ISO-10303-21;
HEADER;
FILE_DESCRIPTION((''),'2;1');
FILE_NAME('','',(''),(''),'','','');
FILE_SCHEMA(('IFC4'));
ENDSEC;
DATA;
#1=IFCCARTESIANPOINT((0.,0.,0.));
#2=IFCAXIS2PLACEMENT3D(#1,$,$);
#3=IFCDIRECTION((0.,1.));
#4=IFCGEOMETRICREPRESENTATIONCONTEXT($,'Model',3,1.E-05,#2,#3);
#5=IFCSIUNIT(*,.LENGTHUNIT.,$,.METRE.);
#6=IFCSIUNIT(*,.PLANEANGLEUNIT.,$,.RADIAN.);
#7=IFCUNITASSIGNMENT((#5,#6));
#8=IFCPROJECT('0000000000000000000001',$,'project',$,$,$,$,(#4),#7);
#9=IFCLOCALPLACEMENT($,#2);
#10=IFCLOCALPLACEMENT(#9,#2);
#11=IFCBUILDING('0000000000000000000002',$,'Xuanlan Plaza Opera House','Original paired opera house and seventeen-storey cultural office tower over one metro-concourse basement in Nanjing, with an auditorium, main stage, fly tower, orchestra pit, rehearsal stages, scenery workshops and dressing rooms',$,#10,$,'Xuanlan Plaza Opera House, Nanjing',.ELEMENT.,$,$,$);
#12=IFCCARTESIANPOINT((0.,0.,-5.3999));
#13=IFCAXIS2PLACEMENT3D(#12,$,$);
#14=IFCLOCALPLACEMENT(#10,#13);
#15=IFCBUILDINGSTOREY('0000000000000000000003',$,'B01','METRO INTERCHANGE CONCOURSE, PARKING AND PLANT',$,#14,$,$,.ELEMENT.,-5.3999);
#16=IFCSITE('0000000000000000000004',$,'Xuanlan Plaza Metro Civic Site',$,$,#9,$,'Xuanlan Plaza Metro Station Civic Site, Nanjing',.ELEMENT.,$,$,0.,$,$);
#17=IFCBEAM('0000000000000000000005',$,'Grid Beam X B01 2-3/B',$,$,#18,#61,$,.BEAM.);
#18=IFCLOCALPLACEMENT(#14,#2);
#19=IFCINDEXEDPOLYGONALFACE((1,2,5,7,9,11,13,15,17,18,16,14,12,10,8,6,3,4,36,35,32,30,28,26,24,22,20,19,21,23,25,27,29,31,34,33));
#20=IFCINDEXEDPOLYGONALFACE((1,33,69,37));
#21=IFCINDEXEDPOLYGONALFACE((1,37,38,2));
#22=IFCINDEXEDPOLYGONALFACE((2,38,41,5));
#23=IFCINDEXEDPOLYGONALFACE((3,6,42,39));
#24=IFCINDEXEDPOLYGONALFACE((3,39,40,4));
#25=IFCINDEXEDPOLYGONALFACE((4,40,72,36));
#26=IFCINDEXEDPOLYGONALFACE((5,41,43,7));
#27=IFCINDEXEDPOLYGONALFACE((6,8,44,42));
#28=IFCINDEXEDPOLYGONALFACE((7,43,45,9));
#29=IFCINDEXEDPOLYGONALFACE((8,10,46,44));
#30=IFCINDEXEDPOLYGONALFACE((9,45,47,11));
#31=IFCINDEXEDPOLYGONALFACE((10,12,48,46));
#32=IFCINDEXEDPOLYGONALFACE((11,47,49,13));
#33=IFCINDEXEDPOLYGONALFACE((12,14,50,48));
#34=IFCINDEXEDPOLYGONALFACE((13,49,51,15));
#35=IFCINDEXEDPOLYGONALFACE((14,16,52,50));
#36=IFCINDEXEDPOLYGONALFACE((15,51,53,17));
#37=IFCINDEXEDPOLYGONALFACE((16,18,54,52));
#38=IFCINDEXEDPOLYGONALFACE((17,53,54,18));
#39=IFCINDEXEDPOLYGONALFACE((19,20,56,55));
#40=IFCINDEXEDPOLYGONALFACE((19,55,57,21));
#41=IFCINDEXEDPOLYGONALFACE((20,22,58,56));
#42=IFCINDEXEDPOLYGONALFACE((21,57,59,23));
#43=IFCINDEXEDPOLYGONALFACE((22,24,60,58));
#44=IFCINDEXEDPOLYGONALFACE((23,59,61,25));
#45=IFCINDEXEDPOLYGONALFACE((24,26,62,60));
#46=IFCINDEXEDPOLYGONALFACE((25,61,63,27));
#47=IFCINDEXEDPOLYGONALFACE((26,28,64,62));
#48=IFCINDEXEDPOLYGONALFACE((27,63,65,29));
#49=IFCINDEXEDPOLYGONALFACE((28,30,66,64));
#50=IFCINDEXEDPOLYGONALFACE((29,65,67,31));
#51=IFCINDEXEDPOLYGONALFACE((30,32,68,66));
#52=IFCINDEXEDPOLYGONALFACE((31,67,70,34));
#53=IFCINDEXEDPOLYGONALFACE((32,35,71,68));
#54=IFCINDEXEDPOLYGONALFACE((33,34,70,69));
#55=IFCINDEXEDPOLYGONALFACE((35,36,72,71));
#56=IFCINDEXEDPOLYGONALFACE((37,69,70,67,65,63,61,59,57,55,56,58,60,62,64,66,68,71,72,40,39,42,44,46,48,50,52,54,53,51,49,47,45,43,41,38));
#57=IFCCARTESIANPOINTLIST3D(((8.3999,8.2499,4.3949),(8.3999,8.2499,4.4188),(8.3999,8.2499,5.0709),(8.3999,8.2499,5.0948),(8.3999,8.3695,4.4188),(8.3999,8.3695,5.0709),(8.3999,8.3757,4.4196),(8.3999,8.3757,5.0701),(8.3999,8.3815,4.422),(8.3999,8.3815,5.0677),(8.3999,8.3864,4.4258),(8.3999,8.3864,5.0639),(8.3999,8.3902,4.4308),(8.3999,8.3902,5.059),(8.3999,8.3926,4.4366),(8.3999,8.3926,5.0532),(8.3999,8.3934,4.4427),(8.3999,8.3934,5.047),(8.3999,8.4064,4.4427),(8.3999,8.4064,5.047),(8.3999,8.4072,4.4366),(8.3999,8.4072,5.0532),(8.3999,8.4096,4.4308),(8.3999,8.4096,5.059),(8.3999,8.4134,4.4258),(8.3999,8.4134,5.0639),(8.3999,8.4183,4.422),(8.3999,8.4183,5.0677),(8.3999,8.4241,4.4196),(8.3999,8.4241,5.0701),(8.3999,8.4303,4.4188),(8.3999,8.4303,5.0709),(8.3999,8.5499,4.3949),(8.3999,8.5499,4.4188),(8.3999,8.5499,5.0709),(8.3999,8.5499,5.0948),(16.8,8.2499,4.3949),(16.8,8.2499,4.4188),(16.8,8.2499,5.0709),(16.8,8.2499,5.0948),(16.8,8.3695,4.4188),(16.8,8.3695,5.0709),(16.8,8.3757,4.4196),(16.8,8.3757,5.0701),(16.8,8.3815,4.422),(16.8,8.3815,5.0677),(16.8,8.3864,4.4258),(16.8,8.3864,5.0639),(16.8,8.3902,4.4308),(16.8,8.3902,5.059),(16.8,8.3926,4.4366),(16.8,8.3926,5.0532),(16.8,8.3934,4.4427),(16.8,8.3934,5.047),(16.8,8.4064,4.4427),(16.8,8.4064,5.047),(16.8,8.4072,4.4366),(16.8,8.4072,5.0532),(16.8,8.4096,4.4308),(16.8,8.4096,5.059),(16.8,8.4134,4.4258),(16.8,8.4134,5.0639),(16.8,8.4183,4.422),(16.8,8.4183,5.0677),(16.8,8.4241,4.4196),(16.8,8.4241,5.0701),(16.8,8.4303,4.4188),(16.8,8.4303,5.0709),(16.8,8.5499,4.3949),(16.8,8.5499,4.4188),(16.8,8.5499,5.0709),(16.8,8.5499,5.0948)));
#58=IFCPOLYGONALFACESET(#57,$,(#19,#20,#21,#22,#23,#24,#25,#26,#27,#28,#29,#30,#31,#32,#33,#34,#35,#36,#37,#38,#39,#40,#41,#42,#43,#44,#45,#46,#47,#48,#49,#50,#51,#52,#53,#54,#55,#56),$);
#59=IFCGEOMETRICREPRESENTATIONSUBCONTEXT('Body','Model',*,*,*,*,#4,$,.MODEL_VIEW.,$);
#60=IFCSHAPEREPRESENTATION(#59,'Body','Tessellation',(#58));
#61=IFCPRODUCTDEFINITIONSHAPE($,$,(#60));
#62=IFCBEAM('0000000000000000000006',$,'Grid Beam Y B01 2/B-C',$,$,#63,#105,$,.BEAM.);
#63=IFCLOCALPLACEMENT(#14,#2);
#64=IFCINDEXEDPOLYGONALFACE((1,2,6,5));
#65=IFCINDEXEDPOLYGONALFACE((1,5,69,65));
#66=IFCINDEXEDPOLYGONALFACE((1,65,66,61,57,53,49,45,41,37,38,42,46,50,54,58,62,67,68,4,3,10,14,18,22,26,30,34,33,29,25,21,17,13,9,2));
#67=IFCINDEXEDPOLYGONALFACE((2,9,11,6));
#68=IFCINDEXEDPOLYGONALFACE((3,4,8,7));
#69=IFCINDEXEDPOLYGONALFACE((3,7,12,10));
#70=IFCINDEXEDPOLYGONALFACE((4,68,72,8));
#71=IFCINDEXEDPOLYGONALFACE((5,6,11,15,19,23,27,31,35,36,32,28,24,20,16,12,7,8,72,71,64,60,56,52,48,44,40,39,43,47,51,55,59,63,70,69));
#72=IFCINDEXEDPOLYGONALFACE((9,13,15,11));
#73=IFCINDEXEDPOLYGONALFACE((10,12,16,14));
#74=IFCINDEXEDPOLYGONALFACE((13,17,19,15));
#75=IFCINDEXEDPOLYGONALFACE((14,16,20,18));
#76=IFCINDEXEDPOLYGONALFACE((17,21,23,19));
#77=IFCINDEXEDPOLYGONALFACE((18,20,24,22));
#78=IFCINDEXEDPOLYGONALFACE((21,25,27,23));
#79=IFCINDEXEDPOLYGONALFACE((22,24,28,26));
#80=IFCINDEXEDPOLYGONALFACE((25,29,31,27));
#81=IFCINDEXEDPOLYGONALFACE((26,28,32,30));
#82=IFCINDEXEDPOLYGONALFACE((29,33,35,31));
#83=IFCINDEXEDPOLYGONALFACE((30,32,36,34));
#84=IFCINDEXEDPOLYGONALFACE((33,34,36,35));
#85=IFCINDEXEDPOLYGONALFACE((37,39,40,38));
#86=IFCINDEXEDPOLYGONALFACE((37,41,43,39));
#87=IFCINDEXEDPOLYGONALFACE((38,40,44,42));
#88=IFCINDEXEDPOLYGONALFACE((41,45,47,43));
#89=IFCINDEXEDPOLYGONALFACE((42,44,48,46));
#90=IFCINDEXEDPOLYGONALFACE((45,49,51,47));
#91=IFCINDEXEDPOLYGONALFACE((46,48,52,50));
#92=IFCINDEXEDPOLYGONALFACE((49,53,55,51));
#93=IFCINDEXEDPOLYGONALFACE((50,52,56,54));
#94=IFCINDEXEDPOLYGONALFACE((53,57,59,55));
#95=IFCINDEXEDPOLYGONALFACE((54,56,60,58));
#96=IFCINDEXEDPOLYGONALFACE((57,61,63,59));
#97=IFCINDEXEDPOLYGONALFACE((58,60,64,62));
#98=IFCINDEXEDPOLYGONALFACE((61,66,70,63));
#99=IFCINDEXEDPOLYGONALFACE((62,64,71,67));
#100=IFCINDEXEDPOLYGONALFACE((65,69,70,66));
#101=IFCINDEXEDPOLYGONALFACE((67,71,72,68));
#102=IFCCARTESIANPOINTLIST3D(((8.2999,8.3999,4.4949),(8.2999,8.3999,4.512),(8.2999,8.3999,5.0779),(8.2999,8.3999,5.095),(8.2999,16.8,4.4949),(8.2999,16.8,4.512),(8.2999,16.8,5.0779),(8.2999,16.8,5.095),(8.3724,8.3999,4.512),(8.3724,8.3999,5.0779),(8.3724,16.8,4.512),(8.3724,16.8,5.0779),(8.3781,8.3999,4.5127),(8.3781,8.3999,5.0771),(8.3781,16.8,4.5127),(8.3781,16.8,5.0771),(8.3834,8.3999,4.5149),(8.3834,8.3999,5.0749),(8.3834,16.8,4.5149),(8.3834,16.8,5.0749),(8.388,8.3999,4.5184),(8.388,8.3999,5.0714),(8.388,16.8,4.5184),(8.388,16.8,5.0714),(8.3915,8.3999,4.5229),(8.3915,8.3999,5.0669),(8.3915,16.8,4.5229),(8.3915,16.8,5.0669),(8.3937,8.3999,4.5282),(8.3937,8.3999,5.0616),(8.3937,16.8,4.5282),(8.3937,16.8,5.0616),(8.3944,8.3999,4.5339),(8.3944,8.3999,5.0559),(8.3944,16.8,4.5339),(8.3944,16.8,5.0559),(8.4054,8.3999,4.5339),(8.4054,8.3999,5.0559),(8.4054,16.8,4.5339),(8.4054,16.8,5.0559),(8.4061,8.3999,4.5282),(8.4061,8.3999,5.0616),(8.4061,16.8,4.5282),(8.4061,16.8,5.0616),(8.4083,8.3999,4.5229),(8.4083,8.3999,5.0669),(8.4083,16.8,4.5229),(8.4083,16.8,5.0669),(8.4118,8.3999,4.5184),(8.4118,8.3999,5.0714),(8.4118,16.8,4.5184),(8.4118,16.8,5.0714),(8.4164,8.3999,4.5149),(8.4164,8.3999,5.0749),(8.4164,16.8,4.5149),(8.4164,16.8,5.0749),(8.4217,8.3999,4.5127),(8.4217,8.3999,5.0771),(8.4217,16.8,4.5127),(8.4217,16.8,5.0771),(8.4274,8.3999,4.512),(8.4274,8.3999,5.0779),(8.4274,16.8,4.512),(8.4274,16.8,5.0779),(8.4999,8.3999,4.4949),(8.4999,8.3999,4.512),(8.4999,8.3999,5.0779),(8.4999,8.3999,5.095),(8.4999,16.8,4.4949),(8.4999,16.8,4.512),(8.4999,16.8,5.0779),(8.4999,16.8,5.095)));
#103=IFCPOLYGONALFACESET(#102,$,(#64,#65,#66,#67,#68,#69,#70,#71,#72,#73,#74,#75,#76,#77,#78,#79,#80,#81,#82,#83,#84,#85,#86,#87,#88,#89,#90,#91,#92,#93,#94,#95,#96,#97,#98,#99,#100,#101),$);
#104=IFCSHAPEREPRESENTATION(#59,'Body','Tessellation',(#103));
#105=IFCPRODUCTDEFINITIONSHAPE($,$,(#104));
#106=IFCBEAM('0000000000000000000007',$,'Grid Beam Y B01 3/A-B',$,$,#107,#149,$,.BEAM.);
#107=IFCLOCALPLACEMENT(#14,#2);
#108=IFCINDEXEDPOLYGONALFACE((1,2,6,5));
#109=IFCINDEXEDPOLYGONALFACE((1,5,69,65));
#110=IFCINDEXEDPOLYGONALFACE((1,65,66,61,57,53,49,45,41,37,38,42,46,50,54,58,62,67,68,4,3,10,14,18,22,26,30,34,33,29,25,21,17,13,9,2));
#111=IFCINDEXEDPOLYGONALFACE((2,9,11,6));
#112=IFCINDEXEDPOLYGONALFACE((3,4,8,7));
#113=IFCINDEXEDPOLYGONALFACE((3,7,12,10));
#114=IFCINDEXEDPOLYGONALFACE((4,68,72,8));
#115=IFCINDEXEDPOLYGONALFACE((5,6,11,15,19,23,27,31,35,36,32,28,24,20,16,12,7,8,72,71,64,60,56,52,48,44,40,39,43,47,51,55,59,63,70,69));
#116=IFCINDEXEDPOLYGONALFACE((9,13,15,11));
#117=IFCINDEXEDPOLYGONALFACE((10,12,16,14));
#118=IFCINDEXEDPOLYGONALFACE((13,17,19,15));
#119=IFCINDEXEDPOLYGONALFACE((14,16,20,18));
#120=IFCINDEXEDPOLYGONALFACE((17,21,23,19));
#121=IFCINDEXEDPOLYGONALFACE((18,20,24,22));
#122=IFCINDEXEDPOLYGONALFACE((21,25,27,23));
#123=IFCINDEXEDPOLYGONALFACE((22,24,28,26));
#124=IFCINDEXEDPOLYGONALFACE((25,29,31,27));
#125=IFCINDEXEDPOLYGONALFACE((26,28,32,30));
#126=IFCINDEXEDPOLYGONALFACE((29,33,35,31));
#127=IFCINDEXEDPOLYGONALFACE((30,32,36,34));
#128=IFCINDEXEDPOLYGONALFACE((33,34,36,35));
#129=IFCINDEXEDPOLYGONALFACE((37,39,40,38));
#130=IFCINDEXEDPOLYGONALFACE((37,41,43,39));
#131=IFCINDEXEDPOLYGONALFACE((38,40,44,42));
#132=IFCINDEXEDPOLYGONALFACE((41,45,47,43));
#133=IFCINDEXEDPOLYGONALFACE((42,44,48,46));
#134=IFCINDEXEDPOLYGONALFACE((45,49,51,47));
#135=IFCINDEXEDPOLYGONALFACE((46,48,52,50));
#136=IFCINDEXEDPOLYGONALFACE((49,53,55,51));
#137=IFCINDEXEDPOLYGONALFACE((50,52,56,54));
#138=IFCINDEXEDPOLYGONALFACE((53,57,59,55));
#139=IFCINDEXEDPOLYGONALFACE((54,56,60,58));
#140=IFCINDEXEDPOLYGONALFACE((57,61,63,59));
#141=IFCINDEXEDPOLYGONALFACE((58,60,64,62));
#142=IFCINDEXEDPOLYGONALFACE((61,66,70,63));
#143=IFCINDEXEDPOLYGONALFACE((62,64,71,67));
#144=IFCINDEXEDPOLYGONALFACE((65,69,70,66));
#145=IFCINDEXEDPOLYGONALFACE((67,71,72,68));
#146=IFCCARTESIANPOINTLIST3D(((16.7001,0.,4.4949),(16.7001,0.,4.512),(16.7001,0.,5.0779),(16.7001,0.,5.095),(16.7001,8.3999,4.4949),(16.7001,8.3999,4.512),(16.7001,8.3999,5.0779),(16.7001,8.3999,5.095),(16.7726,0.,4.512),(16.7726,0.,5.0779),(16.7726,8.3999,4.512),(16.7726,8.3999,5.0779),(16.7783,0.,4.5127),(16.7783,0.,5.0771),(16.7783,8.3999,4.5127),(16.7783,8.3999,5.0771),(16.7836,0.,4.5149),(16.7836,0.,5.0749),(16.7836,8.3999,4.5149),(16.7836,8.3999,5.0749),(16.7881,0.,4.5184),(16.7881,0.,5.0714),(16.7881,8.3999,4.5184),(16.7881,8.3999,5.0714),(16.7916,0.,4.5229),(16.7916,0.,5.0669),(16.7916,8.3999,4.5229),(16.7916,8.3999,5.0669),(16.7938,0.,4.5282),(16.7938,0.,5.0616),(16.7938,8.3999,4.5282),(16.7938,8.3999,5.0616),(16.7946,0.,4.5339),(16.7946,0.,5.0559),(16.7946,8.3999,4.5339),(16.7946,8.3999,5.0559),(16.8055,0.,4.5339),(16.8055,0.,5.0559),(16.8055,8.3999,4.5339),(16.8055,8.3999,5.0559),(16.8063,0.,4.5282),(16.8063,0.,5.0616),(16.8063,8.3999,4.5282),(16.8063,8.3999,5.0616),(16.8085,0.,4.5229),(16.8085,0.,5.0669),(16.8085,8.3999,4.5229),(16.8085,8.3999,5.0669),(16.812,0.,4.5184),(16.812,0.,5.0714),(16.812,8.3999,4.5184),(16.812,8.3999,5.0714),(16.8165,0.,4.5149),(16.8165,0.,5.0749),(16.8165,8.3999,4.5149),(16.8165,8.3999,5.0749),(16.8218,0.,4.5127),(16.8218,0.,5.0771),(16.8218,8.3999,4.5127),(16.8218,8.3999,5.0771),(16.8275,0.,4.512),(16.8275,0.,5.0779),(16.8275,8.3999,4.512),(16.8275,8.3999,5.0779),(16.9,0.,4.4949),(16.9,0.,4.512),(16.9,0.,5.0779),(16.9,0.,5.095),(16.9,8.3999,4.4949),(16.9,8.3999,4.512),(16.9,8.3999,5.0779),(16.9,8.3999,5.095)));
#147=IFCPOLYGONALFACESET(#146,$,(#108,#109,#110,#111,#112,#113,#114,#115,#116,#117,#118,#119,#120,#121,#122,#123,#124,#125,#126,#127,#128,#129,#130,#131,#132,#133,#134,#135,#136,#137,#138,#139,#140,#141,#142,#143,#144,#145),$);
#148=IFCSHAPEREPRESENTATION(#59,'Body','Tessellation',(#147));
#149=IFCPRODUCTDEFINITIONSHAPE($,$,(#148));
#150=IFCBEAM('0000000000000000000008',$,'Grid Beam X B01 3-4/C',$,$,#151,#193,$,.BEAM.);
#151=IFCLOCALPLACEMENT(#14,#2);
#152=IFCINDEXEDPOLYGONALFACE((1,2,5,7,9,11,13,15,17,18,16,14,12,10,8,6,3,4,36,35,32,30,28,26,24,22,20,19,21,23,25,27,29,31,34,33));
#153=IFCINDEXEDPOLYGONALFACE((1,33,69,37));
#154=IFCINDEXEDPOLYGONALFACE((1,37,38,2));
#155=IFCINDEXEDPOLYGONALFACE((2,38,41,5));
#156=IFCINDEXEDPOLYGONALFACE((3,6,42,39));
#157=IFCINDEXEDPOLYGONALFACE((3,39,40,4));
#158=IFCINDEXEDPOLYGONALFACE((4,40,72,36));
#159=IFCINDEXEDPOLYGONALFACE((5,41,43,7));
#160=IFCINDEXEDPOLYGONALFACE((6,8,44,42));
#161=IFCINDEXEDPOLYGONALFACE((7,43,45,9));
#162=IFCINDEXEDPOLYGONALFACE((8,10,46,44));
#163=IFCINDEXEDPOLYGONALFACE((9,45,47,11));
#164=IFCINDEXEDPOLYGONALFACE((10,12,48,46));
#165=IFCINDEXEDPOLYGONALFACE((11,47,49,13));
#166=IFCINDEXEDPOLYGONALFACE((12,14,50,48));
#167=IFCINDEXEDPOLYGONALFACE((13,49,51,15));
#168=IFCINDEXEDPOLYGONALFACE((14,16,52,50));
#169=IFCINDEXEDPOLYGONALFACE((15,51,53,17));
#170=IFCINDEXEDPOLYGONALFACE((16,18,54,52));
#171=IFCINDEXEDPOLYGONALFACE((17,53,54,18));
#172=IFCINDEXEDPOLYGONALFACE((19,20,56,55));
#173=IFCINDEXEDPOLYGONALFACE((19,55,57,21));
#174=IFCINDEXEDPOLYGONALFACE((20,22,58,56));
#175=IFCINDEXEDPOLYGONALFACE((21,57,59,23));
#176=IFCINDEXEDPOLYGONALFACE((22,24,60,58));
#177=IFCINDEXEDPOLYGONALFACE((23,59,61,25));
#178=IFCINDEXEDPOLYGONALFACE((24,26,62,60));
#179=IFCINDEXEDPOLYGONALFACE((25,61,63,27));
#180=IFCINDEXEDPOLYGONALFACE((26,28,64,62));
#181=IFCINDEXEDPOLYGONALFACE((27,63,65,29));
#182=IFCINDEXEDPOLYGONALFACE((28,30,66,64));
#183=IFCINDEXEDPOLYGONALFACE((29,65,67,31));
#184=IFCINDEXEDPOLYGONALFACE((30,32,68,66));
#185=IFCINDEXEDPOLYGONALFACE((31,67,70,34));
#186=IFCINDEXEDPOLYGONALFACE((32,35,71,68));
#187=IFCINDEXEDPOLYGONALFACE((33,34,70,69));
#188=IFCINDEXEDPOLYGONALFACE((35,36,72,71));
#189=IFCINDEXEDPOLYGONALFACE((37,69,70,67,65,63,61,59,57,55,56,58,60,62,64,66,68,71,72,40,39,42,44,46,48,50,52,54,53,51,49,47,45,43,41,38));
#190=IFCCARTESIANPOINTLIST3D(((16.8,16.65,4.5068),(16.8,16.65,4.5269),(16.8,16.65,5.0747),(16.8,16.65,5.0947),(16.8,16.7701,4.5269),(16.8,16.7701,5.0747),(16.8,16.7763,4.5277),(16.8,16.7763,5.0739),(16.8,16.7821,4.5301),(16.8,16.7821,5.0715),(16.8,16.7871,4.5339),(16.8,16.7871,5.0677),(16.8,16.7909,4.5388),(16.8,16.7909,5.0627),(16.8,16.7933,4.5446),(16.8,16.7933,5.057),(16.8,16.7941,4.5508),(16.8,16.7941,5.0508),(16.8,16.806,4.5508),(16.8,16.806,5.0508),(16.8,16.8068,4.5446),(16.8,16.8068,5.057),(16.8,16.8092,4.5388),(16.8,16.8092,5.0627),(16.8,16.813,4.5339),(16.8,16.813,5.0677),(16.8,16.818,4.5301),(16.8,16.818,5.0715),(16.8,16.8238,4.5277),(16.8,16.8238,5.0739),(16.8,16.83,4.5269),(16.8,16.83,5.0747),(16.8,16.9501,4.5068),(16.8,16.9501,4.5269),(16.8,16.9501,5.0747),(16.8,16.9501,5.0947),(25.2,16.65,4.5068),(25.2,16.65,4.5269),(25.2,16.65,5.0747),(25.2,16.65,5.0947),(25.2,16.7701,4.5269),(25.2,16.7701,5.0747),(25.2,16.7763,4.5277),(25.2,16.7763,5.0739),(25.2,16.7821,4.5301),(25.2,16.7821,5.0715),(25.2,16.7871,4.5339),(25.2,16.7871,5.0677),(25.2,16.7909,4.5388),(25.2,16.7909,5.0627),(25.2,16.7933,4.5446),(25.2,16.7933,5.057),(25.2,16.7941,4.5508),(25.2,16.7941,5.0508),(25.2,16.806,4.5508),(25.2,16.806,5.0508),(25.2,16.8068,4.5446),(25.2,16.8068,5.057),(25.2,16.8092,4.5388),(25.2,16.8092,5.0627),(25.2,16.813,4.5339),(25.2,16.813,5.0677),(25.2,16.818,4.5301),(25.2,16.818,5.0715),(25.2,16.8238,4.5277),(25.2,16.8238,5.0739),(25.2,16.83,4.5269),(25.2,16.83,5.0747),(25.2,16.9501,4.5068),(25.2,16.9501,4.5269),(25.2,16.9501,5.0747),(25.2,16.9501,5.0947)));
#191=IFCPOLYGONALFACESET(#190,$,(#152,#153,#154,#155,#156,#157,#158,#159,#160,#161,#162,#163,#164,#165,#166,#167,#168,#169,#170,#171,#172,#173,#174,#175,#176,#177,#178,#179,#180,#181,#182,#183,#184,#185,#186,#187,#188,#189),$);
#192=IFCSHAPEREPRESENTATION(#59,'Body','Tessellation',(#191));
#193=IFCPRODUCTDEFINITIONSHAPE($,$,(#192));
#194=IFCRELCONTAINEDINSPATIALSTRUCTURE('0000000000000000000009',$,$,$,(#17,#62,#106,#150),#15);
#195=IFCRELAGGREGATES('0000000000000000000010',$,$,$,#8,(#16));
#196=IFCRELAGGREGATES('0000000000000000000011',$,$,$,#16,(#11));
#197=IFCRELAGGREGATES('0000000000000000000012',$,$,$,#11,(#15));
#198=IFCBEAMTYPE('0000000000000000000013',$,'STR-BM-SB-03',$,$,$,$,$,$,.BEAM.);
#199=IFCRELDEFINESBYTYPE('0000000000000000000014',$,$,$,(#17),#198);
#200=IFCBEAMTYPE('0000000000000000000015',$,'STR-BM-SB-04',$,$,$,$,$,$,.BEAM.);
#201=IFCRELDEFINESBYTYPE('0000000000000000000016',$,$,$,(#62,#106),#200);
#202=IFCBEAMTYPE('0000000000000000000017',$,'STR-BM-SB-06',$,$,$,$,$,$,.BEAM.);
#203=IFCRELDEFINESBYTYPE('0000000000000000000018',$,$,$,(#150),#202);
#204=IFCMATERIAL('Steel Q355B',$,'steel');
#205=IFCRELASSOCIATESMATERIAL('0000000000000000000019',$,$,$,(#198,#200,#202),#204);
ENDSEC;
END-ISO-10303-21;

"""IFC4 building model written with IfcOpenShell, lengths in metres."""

from ifc_helpers import new_model, si_unit, direction, frame, origin, origin_2d, place, context, subcontext, project, spatial, i_section, extrude, material, material_profile, profile_set, type_object, element, save


model = new_model("IFC4")

# Units and contexts
model_context = context("Model", 3, precision=1e-05, world=origin(), true_north=direction((0.0, 1.0)))
body_context = subcontext(model_context, "Body", "Model", "MODEL_VIEW")
ifc_project = project(units=[si_unit("LENGTHUNIT", "METRE"), si_unit("PLANEANGLEUNIT", "RADIAN")], contexts=[model_context])

# Site, building, storey
site_placement = place(None, origin())
site = spatial("IfcSite", under=ifc_project, at=site_placement, Name="Xuanlan Plaza Metro Civic Site", LongName="Xuanlan Plaza Metro Station Civic Site, Nanjing", CompositionType="ELEMENT", RefElevation=0.0)
building_placement = place(site_placement, origin())
building = spatial("IfcBuilding", under=site, at=building_placement, Name="Xuanlan Plaza Opera House", Description="Original paired opera house and seventeen-storey cultural office tower over one metro-concourse basement in Nanjing, with an auditorium, main stage, fly tower, orchestra pit, rehearsal stages, scenery workshops and dressing rooms", LongName="Xuanlan Plaza Opera House, Nanjing", CompositionType="ELEMENT")
storey_placement = place(building_placement, frame((0.0, 0.0, -5.3999)))
storey = spatial("IfcBuildingStorey", under=building, at=storey_placement, Name="B01", Description="METRO INTERCHANGE CONCOURSE, PARKING AND PLANT", CompositionType="ELEMENT", Elevation=-5.3999)

# Beams
ifc_material_1 = material(Name="Steel Q355B", Category="steel")
ifc_material_profile_1 = material_profile(ifc_material_1, i_section(OverallWidth=0.3, OverallDepth=0.7, WebThickness=0.0129, FlangeThickness=0.0239, FilletRadius=0.0239, at=origin_2d()), Name="HN 700x300x13x24")
ifc_profile_set_1 = profile_set([ifc_material_profile_1], Name="Steel Q355B")
beam_type_1 = type_object("IfcBeamType", Name="STR-BM-SB-03", PredefinedType="BEAM", material=ifc_profile_set_1)
beam_1_placement = place(storey_placement, frame((8.3999, 8.3999, 4.7449), z_axis=(1.0, 0.0, 0.0), x_axis=(0.0, 1.0, 0.0)))
element("IfcBeam", 1, at=beam_1_placement, inside=storey, type_object=beam_type_1, Name="Grid Beam X B01 2-3/B", PredefinedType="BEAM", context=body_context, shape_type="SweptSolid", body=[
    extrude(i_section(OverallWidth=0.3, OverallDepth=0.7, WebThickness=0.0129, FlangeThickness=0.0239, FilletRadius=0.0239, at=origin_2d()), origin(), (0.0, 0.0, 1.0), 8.4001),
])
ifc_material_profile_2 = material_profile(ifc_material_1, i_section(OverallWidth=0.2, OverallDepth=0.6001, WebThickness=0.011, FlangeThickness=0.0171, FilletRadius=0.022, at=origin_2d()), Name="HN 600x200x11x17")
ifc_profile_set_2 = profile_set([ifc_material_profile_2], Name="Steel Q355B")
beam_type_2 = type_object("IfcBeamType", Name="STR-BM-SB-04", PredefinedType="BEAM", material=ifc_profile_set_2)
beam_2_placement = place(storey_placement, frame((8.3999, 8.3999, 4.7949), z_axis=(0.0, 1.0, 0.0), x_axis=(-1.0, 0.0, 0.0)))
element("IfcBeam", 2, at=beam_2_placement, inside=storey, type_object=beam_type_2, Name="Grid Beam Y B01 2/B-C", PredefinedType="BEAM", context=body_context, shape_type="SweptSolid", body=[
    extrude(i_section(OverallWidth=0.2, OverallDepth=0.6001, WebThickness=0.011, FlangeThickness=0.0171, FilletRadius=0.022, at=origin_2d()), origin(), (0.0, 0.0, 1.0), 8.4001),
])
beam_3_placement = place(storey_placement, frame((16.8, 0.0, 4.7949), z_axis=(0.0, 1.0, 0.0), x_axis=(-1.0, 0.0, 0.0)))
element("IfcBeam", 3, at=beam_3_placement, inside=storey, type_object=beam_type_2, Name="Grid Beam Y B01 3/A-B", PredefinedType="BEAM", context=body_context, shape_type="SweptSolid", body=[
    extrude(i_section(OverallWidth=0.2, OverallDepth=0.6001, WebThickness=0.011, FlangeThickness=0.0171, FilletRadius=0.022, at=origin_2d()), origin(), (0.0, 0.0, 1.0), 8.3999),
])
ifc_material_profile_3 = material_profile(ifc_material_1, i_section(OverallWidth=0.3, OverallDepth=0.5879, WebThickness=0.012, FlangeThickness=0.02, FilletRadius=0.0239, at=origin_2d()), Name="HM 588x300x12x20")
ifc_profile_set_3 = profile_set([ifc_material_profile_3], Name="Steel Q355B")
beam_type_3 = type_object("IfcBeamType", Name="STR-BM-SB-06", PredefinedType="BEAM", material=ifc_profile_set_3)
beam_4_placement = place(storey_placement, frame((16.8, 16.8, 4.8008), z_axis=(1.0, 0.0, 0.0), x_axis=(0.0, 1.0, 0.0)))
element("IfcBeam", 4, at=beam_4_placement, inside=storey, type_object=beam_type_3, Name="Grid Beam X B01 3-4/C", PredefinedType="BEAM", context=body_context, shape_type="SweptSolid", body=[
    extrude(i_section(OverallWidth=0.3, OverallDepth=0.5879, WebThickness=0.012, FlangeThickness=0.02, FilletRadius=0.0239, at=origin_2d()), origin(), (0.0, 0.0, 1.0), 8.3999),
])

save(model, "model.ifc")
